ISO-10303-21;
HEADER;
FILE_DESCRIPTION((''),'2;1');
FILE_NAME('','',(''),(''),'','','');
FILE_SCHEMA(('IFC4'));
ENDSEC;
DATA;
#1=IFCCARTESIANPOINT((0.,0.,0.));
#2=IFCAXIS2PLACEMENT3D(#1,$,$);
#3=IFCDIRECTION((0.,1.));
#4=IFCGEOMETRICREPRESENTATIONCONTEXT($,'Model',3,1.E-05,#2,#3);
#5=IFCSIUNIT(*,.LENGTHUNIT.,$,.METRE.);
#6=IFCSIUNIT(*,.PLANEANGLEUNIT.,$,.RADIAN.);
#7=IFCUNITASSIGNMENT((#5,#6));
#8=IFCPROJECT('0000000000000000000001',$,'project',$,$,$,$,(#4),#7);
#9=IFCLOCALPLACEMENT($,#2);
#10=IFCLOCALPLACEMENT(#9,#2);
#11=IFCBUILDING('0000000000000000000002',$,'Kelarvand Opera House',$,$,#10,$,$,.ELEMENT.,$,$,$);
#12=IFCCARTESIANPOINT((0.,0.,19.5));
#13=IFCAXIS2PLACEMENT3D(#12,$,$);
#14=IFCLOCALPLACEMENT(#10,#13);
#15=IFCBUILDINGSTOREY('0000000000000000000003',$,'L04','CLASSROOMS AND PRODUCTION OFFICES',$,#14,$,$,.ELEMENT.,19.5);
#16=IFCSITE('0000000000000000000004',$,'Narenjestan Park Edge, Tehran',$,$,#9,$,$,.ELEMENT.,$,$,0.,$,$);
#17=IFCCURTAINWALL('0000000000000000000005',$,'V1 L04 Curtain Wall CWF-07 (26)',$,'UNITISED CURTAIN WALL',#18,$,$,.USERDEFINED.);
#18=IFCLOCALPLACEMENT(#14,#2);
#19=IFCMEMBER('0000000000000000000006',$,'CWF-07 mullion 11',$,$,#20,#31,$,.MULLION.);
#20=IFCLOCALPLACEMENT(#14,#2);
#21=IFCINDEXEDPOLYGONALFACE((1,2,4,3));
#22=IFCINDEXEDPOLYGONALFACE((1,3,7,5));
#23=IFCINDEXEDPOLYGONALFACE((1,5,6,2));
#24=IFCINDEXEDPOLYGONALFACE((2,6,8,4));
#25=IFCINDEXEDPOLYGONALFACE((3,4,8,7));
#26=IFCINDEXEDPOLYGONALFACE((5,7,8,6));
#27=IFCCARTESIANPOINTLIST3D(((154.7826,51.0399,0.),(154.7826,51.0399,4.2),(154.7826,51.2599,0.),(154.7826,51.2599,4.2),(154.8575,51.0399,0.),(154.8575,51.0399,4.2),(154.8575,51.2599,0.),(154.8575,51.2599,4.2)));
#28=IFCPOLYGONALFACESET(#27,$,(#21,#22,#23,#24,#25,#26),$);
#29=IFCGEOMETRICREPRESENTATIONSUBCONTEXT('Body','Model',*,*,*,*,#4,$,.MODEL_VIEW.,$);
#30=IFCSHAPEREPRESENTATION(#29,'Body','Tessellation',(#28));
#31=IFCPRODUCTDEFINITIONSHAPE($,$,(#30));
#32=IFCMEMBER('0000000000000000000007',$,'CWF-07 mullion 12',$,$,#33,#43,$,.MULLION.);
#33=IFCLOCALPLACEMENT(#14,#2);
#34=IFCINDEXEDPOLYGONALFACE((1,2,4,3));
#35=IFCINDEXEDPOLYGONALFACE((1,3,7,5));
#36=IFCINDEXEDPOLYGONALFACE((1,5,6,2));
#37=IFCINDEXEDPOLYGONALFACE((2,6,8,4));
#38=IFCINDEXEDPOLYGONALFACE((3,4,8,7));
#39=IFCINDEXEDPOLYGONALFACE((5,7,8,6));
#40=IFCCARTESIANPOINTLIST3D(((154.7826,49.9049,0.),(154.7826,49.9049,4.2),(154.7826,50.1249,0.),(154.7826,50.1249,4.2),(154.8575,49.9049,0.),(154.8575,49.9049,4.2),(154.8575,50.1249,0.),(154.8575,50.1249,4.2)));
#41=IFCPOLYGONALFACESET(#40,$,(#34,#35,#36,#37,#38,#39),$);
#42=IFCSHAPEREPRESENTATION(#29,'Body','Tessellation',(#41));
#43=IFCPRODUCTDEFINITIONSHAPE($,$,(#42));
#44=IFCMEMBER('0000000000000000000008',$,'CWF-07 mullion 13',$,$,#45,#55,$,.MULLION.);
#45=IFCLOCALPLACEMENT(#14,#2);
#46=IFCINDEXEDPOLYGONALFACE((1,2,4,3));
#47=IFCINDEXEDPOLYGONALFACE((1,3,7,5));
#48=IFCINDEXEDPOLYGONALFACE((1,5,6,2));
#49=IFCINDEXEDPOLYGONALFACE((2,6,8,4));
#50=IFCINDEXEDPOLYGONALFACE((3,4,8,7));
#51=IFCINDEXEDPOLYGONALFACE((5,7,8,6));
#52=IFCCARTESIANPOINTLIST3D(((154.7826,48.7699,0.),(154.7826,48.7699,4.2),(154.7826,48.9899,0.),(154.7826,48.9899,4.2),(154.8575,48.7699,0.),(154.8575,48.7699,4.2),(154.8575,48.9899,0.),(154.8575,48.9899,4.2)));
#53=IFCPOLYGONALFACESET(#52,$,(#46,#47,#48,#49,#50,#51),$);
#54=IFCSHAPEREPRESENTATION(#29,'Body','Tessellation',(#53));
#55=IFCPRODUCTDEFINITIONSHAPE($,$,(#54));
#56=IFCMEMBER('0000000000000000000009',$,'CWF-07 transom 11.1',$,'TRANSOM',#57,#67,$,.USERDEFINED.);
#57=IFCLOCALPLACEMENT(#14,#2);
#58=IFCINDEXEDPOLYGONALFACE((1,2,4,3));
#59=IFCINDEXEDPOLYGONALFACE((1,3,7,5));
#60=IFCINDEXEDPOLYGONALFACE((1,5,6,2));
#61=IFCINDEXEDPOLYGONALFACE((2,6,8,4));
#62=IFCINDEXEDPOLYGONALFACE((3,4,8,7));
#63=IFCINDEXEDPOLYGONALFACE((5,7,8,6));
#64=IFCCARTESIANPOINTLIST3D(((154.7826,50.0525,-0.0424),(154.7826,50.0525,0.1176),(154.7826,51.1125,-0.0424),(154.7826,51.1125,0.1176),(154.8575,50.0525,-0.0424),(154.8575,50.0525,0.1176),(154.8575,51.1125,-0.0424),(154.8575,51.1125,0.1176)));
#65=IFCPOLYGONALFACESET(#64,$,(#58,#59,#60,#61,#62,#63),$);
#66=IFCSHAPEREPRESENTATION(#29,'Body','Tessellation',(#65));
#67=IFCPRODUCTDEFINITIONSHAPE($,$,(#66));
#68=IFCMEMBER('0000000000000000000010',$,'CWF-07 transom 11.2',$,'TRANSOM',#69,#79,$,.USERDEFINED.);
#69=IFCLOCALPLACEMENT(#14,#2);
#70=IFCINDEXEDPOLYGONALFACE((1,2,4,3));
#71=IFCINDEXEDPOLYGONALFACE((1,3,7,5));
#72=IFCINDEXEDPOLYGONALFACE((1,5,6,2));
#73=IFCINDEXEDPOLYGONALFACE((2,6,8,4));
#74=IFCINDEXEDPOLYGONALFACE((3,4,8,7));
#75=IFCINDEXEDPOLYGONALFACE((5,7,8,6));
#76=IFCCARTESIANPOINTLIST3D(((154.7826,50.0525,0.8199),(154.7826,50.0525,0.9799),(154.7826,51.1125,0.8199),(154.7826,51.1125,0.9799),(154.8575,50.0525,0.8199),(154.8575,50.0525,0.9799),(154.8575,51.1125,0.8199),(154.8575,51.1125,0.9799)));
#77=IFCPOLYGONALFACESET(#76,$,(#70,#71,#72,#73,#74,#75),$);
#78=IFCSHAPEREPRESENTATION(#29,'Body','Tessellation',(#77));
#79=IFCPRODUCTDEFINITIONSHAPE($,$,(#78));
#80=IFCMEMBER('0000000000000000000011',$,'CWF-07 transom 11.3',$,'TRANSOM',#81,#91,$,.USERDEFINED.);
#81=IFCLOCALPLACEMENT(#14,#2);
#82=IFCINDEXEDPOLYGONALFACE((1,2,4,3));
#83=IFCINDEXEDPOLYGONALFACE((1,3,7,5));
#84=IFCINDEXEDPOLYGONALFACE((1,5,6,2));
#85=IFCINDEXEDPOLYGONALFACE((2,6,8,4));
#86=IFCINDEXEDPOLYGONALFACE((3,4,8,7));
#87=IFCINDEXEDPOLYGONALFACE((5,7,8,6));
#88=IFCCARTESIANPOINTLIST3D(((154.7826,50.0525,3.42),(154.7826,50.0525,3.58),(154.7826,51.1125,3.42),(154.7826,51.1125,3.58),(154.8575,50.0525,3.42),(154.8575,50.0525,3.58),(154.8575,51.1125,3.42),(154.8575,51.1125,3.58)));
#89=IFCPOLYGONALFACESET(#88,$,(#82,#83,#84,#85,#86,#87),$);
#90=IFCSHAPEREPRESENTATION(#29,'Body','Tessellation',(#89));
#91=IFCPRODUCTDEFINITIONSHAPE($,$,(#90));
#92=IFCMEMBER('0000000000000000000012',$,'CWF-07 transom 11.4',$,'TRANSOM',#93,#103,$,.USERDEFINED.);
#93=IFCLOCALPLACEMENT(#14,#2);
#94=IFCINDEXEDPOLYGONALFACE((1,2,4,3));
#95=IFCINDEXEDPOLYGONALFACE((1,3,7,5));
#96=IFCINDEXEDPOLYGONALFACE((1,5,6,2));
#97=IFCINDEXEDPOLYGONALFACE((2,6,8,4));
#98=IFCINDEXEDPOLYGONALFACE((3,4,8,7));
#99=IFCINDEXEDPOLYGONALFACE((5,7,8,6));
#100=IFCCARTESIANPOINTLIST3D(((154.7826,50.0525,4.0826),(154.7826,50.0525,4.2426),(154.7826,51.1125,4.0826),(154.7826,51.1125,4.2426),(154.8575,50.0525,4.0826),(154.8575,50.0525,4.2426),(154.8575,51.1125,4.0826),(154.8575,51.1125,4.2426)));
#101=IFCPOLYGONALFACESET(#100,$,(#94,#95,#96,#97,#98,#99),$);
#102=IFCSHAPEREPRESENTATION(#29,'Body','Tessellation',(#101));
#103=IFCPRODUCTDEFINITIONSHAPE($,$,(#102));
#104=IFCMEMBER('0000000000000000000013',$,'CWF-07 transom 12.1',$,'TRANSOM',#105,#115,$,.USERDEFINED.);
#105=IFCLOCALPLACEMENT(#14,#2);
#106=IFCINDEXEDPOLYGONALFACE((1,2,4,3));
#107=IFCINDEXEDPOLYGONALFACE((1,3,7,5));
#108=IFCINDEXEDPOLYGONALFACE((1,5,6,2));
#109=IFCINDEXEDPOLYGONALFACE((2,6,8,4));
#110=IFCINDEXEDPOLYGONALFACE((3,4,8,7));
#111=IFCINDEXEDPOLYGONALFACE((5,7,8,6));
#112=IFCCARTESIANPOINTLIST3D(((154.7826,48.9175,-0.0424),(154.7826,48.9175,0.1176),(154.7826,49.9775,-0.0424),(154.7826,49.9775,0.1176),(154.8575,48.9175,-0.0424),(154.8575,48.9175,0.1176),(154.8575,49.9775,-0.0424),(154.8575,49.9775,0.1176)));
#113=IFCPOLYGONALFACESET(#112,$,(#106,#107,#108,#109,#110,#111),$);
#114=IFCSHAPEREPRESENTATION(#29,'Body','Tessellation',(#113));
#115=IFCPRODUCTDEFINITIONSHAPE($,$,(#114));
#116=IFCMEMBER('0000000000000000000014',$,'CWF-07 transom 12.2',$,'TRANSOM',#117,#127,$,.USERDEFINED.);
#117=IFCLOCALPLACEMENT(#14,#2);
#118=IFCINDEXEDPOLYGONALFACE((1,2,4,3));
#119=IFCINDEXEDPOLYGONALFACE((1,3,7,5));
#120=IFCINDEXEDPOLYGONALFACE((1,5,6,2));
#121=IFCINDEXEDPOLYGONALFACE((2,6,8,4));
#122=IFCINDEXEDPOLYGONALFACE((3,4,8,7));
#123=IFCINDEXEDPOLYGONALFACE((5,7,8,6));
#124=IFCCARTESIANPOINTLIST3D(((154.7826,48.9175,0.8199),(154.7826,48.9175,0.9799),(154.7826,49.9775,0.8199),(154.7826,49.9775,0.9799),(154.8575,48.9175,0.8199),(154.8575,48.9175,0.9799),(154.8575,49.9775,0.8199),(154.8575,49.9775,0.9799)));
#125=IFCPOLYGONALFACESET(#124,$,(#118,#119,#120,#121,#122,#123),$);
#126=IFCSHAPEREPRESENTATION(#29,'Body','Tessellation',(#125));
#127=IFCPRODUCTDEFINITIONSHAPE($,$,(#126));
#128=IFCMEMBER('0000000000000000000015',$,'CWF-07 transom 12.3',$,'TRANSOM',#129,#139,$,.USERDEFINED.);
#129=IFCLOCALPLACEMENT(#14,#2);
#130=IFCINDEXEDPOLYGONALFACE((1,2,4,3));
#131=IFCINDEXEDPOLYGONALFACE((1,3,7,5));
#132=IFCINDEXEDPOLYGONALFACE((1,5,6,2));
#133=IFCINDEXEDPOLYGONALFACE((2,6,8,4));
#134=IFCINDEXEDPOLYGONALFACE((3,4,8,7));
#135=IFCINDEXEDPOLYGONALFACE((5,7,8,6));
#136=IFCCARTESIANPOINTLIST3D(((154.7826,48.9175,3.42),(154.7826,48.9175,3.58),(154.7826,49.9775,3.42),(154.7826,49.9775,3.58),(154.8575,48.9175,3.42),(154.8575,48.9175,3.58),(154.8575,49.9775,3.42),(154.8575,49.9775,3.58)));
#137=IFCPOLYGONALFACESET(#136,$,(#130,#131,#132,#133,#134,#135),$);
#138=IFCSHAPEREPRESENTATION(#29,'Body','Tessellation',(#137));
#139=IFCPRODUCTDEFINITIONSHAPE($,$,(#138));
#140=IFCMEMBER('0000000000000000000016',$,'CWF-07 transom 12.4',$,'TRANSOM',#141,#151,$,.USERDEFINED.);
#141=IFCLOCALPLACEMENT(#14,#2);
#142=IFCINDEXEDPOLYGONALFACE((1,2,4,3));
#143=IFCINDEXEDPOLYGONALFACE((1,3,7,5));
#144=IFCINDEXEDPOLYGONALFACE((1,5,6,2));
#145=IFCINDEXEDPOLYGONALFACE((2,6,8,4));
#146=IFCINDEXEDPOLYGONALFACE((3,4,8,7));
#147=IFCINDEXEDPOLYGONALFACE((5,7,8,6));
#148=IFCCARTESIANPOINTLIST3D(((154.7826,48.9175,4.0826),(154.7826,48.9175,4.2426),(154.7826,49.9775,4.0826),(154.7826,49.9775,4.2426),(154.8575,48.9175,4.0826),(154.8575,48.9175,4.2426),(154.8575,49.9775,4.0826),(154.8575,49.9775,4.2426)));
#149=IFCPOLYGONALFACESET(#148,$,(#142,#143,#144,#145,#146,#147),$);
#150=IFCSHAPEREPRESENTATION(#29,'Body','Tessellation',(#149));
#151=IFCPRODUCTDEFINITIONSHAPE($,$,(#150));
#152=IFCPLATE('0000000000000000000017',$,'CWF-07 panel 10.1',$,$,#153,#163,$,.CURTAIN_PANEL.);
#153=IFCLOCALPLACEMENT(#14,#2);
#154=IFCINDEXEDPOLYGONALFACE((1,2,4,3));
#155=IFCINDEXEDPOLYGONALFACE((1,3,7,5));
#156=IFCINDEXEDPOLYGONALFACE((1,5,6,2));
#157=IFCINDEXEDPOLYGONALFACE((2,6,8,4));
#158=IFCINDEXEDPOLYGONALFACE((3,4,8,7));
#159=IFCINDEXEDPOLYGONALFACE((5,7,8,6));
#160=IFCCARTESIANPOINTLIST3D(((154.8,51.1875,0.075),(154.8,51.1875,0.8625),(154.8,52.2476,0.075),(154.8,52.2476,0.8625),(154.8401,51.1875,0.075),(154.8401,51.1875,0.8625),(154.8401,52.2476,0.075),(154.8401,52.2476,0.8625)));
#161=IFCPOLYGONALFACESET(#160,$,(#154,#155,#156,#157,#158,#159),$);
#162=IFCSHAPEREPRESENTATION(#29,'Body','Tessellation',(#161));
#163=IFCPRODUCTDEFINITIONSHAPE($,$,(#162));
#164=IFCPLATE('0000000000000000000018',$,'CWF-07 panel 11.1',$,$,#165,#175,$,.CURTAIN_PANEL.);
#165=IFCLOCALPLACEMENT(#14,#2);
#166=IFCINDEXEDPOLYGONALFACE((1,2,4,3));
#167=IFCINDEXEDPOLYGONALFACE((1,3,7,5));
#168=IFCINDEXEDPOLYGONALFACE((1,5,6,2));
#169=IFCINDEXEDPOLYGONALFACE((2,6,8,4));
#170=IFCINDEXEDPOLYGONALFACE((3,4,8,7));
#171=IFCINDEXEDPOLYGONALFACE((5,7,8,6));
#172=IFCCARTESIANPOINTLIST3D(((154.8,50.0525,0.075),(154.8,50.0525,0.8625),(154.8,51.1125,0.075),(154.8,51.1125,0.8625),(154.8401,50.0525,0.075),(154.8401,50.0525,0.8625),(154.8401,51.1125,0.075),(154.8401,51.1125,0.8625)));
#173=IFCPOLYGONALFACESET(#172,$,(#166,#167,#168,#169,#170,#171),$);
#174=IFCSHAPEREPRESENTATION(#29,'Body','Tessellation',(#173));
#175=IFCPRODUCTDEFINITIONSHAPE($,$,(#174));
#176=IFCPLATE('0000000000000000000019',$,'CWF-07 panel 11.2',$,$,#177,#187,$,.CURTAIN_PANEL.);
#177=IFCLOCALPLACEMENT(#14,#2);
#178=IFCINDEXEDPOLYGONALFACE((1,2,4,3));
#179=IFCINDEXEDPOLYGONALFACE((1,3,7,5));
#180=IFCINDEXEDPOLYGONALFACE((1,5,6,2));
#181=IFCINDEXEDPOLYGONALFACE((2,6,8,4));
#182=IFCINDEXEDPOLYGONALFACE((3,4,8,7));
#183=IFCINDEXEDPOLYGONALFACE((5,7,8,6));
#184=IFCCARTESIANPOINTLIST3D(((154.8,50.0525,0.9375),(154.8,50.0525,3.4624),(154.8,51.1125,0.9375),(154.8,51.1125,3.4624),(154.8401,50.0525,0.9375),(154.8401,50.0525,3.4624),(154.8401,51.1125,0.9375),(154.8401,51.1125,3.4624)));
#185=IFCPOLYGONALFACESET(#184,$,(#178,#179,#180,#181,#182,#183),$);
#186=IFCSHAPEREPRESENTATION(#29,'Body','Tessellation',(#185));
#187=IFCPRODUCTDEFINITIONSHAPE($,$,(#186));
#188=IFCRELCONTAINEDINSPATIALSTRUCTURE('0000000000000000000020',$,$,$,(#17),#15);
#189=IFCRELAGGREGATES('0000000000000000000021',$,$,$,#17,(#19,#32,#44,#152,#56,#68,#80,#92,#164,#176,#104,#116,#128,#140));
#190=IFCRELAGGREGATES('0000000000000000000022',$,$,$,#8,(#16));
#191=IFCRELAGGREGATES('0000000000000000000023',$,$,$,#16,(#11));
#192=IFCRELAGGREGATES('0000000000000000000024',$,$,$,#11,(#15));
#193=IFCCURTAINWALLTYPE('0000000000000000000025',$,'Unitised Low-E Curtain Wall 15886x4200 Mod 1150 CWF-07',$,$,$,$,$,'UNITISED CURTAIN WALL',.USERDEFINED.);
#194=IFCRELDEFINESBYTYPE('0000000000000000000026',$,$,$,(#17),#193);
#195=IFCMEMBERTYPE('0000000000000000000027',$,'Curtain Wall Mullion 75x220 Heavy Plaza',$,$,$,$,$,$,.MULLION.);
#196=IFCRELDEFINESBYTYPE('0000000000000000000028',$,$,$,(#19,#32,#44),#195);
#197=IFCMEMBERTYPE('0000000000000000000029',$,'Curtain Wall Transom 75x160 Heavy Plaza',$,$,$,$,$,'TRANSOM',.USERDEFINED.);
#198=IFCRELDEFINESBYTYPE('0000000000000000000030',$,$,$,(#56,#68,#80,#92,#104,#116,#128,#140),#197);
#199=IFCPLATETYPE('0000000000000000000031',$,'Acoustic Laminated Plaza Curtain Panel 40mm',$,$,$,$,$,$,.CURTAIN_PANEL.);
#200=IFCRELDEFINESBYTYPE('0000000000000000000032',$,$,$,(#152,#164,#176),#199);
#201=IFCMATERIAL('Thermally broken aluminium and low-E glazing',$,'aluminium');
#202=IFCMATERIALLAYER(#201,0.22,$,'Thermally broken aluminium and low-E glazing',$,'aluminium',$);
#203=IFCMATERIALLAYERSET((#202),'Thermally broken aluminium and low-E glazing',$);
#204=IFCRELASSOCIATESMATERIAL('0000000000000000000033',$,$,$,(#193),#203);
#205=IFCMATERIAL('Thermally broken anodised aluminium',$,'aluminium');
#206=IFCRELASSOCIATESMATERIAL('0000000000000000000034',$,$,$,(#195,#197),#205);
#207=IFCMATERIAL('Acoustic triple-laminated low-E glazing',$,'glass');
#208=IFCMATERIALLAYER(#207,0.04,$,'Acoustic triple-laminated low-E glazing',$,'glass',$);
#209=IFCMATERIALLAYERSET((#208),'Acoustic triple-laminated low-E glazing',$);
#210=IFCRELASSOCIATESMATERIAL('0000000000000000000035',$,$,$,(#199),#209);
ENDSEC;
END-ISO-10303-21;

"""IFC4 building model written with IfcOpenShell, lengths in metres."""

from ifc_helpers import new_model, si_unit, direction, frame, origin, origin_2d, place, context, subcontext, project, spatial, rectangle, extrude, material, layer, layer_set, material_profile, profile_set, type_object, element, aggregate, save


model = new_model("IFC4")

# Units and contexts
model_context = context("Model", 3, precision=1e-05, world=origin(), true_north=direction((0.0, 1.0)))
body_context = subcontext(model_context, "Body", "Model", "MODEL_VIEW")
ifc_project = project(units=[si_unit("LENGTHUNIT", "METRE"), si_unit("PLANEANGLEUNIT", "RADIAN")], contexts=[model_context])

# Site, building, storey
site_placement = place(None, origin())
site = spatial("IfcSite", under=ifc_project, at=site_placement, Name="Narenjestan Park Edge, Tehran", CompositionType="ELEMENT", RefElevation=0.0)
building_placement = place(site_placement, origin())
building = spatial("IfcBuilding", under=site, at=building_placement, Name="Kelarvand Opera House", CompositionType="ELEMENT")
storey_placement = place(building_placement, frame((0.0, 0.0, 19.5)))
storey = spatial("IfcBuildingStorey", under=building, at=storey_placement, Name="L04", Description="CLASSROOMS AND PRODUCTION OFFICES", CompositionType="ELEMENT", Elevation=19.5)

# Curtain wall, members, plates
ifc_material_1 = material(Name="Thermally broken aluminium and low-E glazing", Category="aluminium")
ifc_layer_1 = layer(ifc_material_1, 0.22, Name="Thermally broken aluminium and low-E glazing", Category="aluminium")
ifc_layer_set_1 = layer_set([ifc_layer_1], Name="Thermally broken aluminium and low-E glazing")
curtain_wall_type = type_object("IfcCurtainWallType", Name="Unitised Low-E Curtain Wall 15886x4200 Mod 1150 CWF-07", ElementType="UNITISED CURTAIN WALL", PredefinedType="USERDEFINED", material=ifc_layer_set_1)
curtain_wall_placement = place(storey_placement, origin())
curtain_wall = element("IfcCurtainWall", 1, at=curtain_wall_placement, inside=storey, type_object=curtain_wall_type, Name="V1 L04 Curtain Wall CWF-07 (26)", ObjectType="UNITISED CURTAIN WALL", PredefinedType="USERDEFINED")
ifc_material_2 = material(Name="Thermally broken anodised aluminium", Category="aluminium")
ifc_material_profile_1 = material_profile(ifc_material_2, rectangle(XDim=0.075, YDim=0.22, at=origin_2d()), Name="ALU MULLION 75x220", Category="aluminium")
ifc_profile_set_1 = profile_set([ifc_material_profile_1], Name="Thermally broken anodised aluminium")
member_type_1 = type_object("IfcMemberType", Name="Curtain Wall Mullion 75x220 Heavy Plaza", PredefinedType="MULLION", material=ifc_profile_set_1)
member_1_placement = place(storey_placement, frame((154.8201, 51.1499, 0.0), z_axis=(0.0, 0.0, 1.0), x_axis=(1.0, 0.0, 0.0)))
member_1 = element("IfcMember", 2, at=member_1_placement, type_object=member_type_1, Name="CWF-07 mullion 11", PredefinedType="MULLION", context=body_context, shape_type="SweptSolid", body=[
    extrude(rectangle(XDim=0.075, YDim=0.22, at=origin_2d()), origin(), (0.0, 0.0, 1.0), 4.2),
])
member_2_placement = place(storey_placement, frame((154.8201, 50.0149, 0.0), z_axis=(0.0, 0.0, 1.0), x_axis=(1.0, 0.0, 0.0)))
member_2 = element("IfcMember", 3, at=member_2_placement, type_object=member_type_1, Name="CWF-07 mullion 12", PredefinedType="MULLION", context=body_context, shape_type="SweptSolid", body=[
    extrude(rectangle(XDim=0.075, YDim=0.22, at=origin_2d()), origin(), (0.0, 0.0, 1.0), 4.2),
])
member_3_placement = place(storey_placement, frame((154.8201, 48.8799, 0.0), z_axis=(0.0, 0.0, 1.0), x_axis=(1.0, 0.0, 0.0)))
member_3 = element("IfcMember", 4, at=member_3_placement, type_object=member_type_1, Name="CWF-07 mullion 13", PredefinedType="MULLION", context=body_context, shape_type="SweptSolid", body=[
    extrude(rectangle(XDim=0.075, YDim=0.22, at=origin_2d()), origin(), (0.0, 0.0, 1.0), 4.2),
])
ifc_material_profile_2 = material_profile(ifc_material_2, rectangle(XDim=0.075, YDim=0.1599, at=origin_2d()), Name="ALU TRANSOM 75x160", Category="aluminium")
ifc_profile_set_2 = profile_set([ifc_material_profile_2], Name="Thermally broken anodised aluminium")
member_type_2 = type_object("IfcMemberType", Name="Curtain Wall Transom 75x160 Heavy Plaza", ElementType="TRANSOM", PredefinedType="USERDEFINED", material=ifc_profile_set_2)
member_4_placement = place(storey_placement, frame((154.8201, 51.1125, 0.0376), z_axis=(0.0, -1.0, 0.0), x_axis=(1.0, 0.0, 0.0)))
member_4 = element("IfcMember", 5, at=member_4_placement, type_object=member_type_2, Name="CWF-07 transom 11.1", ObjectType="TRANSOM", PredefinedType="USERDEFINED", context=body_context, shape_type="SweptSolid", body=[
    extrude(rectangle(XDim=0.075, YDim=0.1599, at=origin_2d()), origin(), (0.0, 0.0, 1.0), 1.0601),
])
member_5_placement = place(storey_placement, frame((154.8201, 51.1125, 0.8999), z_axis=(0.0, -1.0, 0.0), x_axis=(1.0, 0.0, 0.0)))
member_5 = element("IfcMember", 6, at=member_5_placement, type_object=member_type_2, Name="CWF-07 transom 11.2", ObjectType="TRANSOM", PredefinedType="USERDEFINED", context=body_context, shape_type="SweptSolid", body=[
    extrude(rectangle(XDim=0.075, YDim=0.1599, at=origin_2d()), origin(), (0.0, 0.0, 1.0), 1.0601),
])
member_6_placement = place(storey_placement, frame((154.8201, 51.1125, 3.5), z_axis=(0.0, -1.0, 0.0), x_axis=(1.0, 0.0, 0.0)))
member_6 = element("IfcMember", 7, at=member_6_placement, type_object=member_type_2, Name="CWF-07 transom 11.3", ObjectType="TRANSOM", PredefinedType="USERDEFINED", context=body_context, shape_type="SweptSolid", body=[
    extrude(rectangle(XDim=0.075, YDim=0.1599, at=origin_2d()), origin(), (0.0, 0.0, 1.0), 1.0601),
])
member_7_placement = place(storey_placement, frame((154.8201, 51.1125, 4.1626), z_axis=(0.0, -1.0, 0.0), x_axis=(1.0, 0.0, 0.0)))
member_7 = element("IfcMember", 8, at=member_7_placement, type_object=member_type_2, Name="CWF-07 transom 11.4", ObjectType="TRANSOM", PredefinedType="USERDEFINED", context=body_context, shape_type="SweptSolid", body=[
    extrude(rectangle(XDim=0.075, YDim=0.1599, at=origin_2d()), origin(), (0.0, 0.0, 1.0), 1.0601),
])
member_8_placement = place(storey_placement, frame((154.8201, 49.9775, 0.0376), z_axis=(0.0, -1.0, 0.0), x_axis=(1.0, 0.0, 0.0)))
member_8 = element("IfcMember", 9, at=member_8_placement, type_object=member_type_2, Name="CWF-07 transom 12.1", ObjectType="TRANSOM", PredefinedType="USERDEFINED", context=body_context, shape_type="SweptSolid", body=[
    extrude(rectangle(XDim=0.075, YDim=0.1599, at=origin_2d()), origin(), (0.0, 0.0, 1.0), 1.0601),
])
member_9_placement = place(storey_placement, frame((154.8201, 49.9775, 0.8999), z_axis=(0.0, -1.0, 0.0), x_axis=(1.0, 0.0, 0.0)))
member_9 = element("IfcMember", 10, at=member_9_placement, type_object=member_type_2, Name="CWF-07 transom 12.2", ObjectType="TRANSOM", PredefinedType="USERDEFINED", context=body_context, shape_type="SweptSolid", body=[
    extrude(rectangle(XDim=0.075, YDim=0.1599, at=origin_2d()), origin(), (0.0, 0.0, 1.0), 1.0601),
])
member_10_placement = place(storey_placement, frame((154.8201, 49.9775, 3.5), z_axis=(0.0, -1.0, 0.0), x_axis=(1.0, 0.0, 0.0)))
member_10 = element("IfcMember", 11, at=member_10_placement, type_object=member_type_2, Name="CWF-07 transom 12.3", ObjectType="TRANSOM", PredefinedType="USERDEFINED", context=body_context, shape_type="SweptSolid", body=[
    extrude(rectangle(XDim=0.075, YDim=0.1599, at=origin_2d()), origin(), (0.0, 0.0, 1.0), 1.0601),
])
member_11_placement = place(storey_placement, frame((154.8201, 49.9775, 4.1626), z_axis=(0.0, -1.0, 0.0), x_axis=(1.0, 0.0, 0.0)))
member_11 = element("IfcMember", 12, at=member_11_placement, type_object=member_type_2, Name="CWF-07 transom 12.4", ObjectType="TRANSOM", PredefinedType="USERDEFINED", context=body_context, shape_type="SweptSolid", body=[
    extrude(rectangle(XDim=0.075, YDim=0.1599, at=origin_2d()), origin(), (0.0, 0.0, 1.0), 1.0601),
])
ifc_material_3 = material(Name="Acoustic triple-laminated low-E glazing", Category="glass")
ifc_layer_2 = layer(ifc_material_3, 0.04, Name="Acoustic triple-laminated low-E glazing", Category="glass")
ifc_layer_set_2 = layer_set([ifc_layer_2], Name="Acoustic triple-laminated low-E glazing")
plate_type = type_object("IfcPlateType", Name="Acoustic Laminated Plaza Curtain Panel 40mm", PredefinedType="CURTAIN_PANEL", material=ifc_layer_set_2)
plate_1_placement = place(storey_placement, frame((154.8201, 51.7175, 0.075), z_axis=(0.0, 0.0, 1.0), x_axis=(0.0, -1.0, 0.0)))
plate_1 = element("IfcPlate", 13, at=plate_1_placement, type_object=plate_type, Name="CWF-07 panel 10.1", PredefinedType="CURTAIN_PANEL", context=body_context, shape_type="SweptSolid", body=[
    extrude(rectangle(XDim=1.0601, YDim=0.04, at=origin_2d()), origin(), (0.0, 0.0, 1.0), 0.7876),
])
plate_2_placement = place(storey_placement, frame((154.8201, 50.5825, 0.075), z_axis=(0.0, 0.0, 1.0), x_axis=(0.0, -1.0, 0.0)))
plate_2 = element("IfcPlate", 14, at=plate_2_placement, type_object=plate_type, Name="CWF-07 panel 11.1", PredefinedType="CURTAIN_PANEL", context=body_context, shape_type="SweptSolid", body=[
    extrude(rectangle(XDim=1.0601, YDim=0.04, at=origin_2d()), origin(), (0.0, 0.0, 1.0), 0.7876),
])
plate_3_placement = place(storey_placement, frame((154.8201, 50.5825, 0.9375), z_axis=(0.0, 0.0, 1.0), x_axis=(0.0, -1.0, 0.0)))
plate_3 = element("IfcPlate", 15, at=plate_3_placement, type_object=plate_type, Name="CWF-07 panel 11.2", PredefinedType="CURTAIN_PANEL", context=body_context, shape_type="SweptSolid", body=[
    extrude(rectangle(XDim=1.0601, YDim=0.04, at=origin_2d()), origin(), (0.0, 0.0, 1.0), 2.5249),
])
aggregate(curtain_wall, [member_1, member_2, member_3, plate_1, member_4, member_5, member_6, member_7, plate_2, plate_3, member_8, member_9, member_10, member_11])

save(model, "model.ifc")
